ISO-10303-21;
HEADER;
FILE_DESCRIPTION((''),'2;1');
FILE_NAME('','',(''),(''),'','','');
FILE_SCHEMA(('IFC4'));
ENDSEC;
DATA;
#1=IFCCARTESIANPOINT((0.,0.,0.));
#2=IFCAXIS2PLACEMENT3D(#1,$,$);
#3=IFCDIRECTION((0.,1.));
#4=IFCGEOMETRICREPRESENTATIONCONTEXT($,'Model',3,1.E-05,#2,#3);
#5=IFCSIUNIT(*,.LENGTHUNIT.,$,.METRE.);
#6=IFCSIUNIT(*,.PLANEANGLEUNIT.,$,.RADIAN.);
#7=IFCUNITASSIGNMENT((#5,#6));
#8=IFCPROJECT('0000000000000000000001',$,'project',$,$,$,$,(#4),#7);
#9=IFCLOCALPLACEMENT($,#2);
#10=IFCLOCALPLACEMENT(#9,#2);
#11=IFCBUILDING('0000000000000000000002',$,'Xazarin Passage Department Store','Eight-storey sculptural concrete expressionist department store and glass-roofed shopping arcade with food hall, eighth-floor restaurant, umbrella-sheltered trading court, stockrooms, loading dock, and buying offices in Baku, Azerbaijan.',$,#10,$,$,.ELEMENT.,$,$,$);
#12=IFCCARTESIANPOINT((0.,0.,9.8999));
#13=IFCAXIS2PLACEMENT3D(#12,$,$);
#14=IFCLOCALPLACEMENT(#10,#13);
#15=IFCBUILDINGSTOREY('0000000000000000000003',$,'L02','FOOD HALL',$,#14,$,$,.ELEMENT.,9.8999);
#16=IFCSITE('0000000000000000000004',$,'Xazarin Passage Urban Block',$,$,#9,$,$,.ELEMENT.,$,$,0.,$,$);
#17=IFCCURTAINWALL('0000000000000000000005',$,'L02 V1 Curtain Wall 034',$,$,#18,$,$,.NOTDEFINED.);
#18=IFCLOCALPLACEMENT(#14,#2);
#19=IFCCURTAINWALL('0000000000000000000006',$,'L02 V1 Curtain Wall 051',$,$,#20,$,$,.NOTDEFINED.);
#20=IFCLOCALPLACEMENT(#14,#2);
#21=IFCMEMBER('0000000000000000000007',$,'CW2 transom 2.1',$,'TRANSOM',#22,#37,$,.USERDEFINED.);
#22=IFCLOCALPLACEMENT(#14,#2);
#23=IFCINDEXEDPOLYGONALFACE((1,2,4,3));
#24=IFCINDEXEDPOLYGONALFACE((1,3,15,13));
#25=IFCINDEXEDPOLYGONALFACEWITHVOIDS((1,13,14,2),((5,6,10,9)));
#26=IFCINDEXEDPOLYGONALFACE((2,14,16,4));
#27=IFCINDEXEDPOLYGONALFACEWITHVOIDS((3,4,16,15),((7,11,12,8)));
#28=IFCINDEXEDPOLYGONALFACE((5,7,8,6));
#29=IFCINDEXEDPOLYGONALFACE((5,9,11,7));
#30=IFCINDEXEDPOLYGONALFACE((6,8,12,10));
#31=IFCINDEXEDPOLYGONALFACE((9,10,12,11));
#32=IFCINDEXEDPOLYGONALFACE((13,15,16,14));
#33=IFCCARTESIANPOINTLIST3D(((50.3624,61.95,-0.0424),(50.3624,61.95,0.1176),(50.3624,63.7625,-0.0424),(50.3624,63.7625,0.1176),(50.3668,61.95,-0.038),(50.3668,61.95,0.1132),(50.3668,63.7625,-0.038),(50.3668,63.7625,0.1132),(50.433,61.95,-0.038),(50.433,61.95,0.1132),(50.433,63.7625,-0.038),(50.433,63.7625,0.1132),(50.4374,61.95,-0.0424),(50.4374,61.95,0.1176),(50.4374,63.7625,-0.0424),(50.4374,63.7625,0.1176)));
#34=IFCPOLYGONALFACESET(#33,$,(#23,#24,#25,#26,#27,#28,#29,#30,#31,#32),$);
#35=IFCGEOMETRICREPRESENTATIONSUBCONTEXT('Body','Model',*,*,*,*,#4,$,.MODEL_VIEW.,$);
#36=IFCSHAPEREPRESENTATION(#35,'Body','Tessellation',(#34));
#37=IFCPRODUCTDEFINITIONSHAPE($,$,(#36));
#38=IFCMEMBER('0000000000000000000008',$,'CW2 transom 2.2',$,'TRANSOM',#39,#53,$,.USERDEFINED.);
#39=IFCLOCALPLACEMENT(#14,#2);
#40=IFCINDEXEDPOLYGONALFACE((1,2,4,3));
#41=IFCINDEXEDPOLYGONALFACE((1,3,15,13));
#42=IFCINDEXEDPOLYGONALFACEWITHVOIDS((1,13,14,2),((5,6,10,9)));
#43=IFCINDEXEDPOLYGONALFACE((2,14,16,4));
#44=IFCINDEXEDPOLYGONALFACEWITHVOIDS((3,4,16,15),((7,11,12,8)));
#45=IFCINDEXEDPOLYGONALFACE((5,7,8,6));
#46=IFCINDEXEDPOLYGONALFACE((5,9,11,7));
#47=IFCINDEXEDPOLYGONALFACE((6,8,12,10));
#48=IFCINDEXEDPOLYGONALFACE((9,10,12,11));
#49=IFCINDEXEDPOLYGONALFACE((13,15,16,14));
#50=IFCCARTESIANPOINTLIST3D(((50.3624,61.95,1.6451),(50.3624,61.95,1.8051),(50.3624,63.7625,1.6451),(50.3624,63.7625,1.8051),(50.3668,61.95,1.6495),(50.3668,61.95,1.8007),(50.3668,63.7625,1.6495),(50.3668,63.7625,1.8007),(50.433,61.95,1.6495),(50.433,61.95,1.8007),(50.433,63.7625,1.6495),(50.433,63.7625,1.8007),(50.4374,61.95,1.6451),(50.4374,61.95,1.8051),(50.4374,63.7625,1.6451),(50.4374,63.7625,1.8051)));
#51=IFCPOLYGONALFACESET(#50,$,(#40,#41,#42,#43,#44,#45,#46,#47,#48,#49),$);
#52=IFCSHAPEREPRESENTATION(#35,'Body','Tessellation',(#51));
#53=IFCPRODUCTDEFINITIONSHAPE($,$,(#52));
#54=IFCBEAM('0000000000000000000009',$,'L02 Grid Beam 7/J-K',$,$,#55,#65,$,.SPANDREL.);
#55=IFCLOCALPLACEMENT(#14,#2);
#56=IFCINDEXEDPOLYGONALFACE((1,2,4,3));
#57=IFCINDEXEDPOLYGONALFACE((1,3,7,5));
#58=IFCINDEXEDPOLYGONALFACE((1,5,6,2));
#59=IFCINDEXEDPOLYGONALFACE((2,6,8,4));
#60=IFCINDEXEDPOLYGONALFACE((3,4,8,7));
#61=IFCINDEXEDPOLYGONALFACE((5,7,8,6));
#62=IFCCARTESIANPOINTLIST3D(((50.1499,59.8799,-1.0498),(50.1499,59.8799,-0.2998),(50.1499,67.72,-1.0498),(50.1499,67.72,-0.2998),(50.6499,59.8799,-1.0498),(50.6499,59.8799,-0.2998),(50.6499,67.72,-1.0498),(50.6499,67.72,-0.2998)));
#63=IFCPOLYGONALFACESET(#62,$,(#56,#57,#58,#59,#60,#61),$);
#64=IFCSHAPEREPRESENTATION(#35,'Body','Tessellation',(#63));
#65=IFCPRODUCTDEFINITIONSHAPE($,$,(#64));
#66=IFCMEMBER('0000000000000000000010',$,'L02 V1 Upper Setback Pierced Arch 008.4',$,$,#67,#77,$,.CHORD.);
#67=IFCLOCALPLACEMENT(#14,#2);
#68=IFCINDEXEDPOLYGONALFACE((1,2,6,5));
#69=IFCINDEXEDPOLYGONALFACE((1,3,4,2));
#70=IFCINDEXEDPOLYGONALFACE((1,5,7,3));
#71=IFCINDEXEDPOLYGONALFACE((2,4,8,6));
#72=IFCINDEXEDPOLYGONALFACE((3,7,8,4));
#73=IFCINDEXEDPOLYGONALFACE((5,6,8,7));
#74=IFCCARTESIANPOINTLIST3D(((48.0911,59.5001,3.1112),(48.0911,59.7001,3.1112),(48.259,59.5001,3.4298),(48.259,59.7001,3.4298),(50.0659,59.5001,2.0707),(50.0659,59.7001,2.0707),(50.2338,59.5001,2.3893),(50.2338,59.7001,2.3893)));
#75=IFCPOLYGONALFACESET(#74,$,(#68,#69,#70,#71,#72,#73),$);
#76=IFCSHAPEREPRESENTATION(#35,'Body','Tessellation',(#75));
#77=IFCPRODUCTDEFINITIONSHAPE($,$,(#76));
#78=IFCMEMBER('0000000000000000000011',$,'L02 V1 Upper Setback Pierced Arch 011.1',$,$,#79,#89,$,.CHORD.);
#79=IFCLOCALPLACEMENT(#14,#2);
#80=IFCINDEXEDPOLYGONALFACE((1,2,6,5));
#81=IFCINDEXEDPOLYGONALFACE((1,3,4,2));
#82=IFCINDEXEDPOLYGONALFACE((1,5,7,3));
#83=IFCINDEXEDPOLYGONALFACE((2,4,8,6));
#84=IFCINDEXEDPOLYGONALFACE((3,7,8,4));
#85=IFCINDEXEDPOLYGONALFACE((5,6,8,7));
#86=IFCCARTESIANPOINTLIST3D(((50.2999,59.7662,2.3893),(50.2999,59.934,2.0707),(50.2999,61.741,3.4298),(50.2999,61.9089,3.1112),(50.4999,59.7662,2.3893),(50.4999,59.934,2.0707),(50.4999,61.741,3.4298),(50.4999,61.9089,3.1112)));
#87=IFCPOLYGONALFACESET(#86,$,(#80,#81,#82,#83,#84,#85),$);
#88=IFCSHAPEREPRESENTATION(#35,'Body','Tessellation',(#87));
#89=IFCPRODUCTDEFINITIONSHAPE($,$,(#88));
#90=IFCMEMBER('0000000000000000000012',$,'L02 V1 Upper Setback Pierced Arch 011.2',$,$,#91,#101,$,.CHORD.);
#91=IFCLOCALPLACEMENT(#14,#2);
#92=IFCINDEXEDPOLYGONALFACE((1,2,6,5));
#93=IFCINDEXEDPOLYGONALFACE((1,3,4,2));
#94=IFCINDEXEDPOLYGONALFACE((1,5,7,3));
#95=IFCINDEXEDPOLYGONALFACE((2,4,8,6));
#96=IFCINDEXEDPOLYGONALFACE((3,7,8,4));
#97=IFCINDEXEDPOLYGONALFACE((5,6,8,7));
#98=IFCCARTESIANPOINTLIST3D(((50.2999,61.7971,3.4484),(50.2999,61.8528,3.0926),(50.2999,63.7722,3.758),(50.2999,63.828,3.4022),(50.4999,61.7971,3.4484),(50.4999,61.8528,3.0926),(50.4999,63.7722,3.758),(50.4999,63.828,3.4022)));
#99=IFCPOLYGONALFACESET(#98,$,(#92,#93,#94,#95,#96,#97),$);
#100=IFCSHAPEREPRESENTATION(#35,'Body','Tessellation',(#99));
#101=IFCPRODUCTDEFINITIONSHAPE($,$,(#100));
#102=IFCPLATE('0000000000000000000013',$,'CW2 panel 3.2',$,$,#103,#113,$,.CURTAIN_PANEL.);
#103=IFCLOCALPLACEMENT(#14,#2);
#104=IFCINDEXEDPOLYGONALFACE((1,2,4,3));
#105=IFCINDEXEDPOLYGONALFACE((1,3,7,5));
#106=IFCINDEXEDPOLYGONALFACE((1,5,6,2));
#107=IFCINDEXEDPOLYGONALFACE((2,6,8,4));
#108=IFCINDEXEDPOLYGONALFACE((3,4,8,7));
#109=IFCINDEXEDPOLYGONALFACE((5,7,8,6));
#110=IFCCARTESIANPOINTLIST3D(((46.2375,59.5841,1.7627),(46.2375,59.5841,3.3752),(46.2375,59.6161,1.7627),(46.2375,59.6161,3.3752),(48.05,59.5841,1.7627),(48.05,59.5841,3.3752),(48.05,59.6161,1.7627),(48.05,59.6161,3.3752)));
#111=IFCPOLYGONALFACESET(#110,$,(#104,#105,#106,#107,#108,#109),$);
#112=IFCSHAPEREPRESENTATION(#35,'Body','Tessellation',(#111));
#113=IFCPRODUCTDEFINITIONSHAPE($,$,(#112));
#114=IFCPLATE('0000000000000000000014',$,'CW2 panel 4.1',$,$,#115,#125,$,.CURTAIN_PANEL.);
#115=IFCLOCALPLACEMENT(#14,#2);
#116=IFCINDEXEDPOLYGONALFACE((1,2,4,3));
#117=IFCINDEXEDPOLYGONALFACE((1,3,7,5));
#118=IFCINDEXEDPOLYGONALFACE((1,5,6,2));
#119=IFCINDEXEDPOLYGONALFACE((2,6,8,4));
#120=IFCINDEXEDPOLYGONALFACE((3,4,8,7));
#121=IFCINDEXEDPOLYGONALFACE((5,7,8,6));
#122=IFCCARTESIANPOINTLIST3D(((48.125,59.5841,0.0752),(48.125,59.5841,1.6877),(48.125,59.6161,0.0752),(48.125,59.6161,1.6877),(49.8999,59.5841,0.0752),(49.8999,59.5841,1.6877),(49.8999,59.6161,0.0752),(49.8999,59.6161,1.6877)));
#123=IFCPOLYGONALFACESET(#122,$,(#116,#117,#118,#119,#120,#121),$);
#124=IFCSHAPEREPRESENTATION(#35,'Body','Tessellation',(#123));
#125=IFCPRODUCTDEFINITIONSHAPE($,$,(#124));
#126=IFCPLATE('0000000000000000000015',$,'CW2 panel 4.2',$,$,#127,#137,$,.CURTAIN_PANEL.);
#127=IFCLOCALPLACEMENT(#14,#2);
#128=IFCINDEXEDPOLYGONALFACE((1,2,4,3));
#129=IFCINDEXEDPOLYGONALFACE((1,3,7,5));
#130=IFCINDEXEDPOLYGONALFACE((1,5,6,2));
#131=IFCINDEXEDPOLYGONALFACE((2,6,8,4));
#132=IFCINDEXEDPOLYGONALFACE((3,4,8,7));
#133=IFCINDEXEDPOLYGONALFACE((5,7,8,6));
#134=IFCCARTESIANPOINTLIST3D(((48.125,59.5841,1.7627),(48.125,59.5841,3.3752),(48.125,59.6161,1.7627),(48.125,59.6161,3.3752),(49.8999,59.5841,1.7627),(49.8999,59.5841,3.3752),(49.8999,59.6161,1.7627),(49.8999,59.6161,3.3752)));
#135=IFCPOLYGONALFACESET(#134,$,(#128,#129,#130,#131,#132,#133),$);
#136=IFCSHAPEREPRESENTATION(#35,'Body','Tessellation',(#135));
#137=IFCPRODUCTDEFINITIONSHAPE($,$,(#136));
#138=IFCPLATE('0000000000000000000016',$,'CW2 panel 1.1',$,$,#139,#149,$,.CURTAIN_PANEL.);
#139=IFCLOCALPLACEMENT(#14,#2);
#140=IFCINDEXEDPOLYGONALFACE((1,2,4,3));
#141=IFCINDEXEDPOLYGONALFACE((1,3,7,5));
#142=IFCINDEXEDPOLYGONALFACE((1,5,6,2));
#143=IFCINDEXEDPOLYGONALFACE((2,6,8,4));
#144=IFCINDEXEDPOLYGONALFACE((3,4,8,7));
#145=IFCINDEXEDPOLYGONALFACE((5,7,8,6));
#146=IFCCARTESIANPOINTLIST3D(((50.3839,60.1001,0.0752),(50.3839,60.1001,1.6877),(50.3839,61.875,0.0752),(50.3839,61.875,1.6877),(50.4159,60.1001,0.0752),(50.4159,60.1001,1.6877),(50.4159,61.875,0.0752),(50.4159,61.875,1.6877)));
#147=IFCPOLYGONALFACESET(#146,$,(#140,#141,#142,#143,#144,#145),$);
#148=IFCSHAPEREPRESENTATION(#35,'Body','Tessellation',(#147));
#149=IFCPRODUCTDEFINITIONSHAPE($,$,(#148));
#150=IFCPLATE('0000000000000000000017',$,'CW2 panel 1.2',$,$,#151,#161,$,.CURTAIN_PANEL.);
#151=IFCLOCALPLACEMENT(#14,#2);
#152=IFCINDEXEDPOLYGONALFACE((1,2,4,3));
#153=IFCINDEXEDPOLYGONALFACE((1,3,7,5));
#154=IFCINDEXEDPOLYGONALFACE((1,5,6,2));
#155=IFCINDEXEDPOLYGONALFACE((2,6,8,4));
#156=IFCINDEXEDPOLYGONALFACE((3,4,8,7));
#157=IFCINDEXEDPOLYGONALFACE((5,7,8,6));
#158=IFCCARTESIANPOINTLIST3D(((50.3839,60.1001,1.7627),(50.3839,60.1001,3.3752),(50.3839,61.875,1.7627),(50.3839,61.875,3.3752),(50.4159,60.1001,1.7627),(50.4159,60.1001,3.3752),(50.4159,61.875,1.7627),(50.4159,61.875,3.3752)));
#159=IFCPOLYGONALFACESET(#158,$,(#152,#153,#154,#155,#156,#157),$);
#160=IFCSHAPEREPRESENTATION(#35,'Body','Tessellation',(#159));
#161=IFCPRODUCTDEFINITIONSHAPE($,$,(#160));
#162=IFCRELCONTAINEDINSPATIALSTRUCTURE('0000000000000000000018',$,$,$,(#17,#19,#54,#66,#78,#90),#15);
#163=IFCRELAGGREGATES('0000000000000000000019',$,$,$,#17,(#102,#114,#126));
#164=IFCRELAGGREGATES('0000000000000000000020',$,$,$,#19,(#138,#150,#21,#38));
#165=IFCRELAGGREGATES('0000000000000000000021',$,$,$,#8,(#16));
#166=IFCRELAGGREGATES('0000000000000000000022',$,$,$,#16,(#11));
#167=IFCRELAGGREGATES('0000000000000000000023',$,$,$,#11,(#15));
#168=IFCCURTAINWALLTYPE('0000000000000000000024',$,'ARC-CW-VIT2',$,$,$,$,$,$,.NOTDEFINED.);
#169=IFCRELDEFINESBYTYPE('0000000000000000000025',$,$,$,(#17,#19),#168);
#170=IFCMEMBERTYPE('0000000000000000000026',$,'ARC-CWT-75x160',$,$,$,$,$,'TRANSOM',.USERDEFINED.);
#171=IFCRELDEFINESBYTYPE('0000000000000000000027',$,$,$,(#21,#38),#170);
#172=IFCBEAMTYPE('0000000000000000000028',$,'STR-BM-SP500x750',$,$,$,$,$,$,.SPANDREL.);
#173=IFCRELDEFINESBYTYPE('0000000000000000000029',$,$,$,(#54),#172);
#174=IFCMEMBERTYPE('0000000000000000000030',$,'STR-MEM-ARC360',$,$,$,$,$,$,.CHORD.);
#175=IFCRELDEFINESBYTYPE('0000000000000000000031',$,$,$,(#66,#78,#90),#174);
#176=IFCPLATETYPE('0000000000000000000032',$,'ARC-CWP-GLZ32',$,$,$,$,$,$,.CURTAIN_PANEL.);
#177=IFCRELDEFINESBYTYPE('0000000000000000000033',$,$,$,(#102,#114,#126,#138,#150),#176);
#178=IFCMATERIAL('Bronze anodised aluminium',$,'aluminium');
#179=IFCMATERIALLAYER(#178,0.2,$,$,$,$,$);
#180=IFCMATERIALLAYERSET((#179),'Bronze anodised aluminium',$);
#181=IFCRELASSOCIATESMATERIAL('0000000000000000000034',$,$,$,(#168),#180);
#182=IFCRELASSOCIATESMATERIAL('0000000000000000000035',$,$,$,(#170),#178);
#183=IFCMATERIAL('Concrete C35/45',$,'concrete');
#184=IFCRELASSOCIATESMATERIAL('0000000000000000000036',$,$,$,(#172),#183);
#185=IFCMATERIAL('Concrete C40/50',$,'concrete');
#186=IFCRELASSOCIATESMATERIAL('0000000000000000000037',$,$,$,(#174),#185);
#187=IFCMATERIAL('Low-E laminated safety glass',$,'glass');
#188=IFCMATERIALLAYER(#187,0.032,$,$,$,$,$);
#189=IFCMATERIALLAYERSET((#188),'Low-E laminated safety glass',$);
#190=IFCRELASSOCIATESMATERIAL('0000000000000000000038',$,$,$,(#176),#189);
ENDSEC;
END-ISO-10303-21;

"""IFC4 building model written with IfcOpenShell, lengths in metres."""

from ifc_helpers import new_model, si_unit, direction, frame, origin, origin_2d, place, context, subcontext, project, spatial, rectangle, hollow_rectangle, extrude, material, layer, layer_set, material_profile, profile_set, type_object, element, aggregate, save


model = new_model("IFC4")

# Units and contexts
model_context = context("Model", 3, precision=1e-05, world=origin(), true_north=direction((0.0, 1.0)))
body_context = subcontext(model_context, "Body", "Model", "MODEL_VIEW")
ifc_project = project(units=[si_unit("LENGTHUNIT", "METRE"), si_unit("PLANEANGLEUNIT", "RADIAN")], contexts=[model_context])

# Site, building, storey
site_placement = place(None, origin())
site = spatial("IfcSite", under=ifc_project, at=site_placement, Name="Xazarin Passage Urban Block", CompositionType="ELEMENT", RefElevation=0.0)
building_placement = place(site_placement, origin())
building = spatial("IfcBuilding", under=site, at=building_placement, Name="Xazarin Passage Department Store", Description="Eight-storey sculptural concrete expressionist department store and glass-roofed shopping arcade with food hall, eighth-floor restaurant, umbrella-sheltered trading court, stockrooms, loading dock, and buying offices in Baku, Azerbaijan.", CompositionType="ELEMENT")
storey_placement = place(building_placement, frame((0.0, 0.0, 9.8999)))
storey = spatial("IfcBuildingStorey", under=building, at=storey_placement, Name="L02", Description="FOOD HALL", CompositionType="ELEMENT", Elevation=9.8999)

# Shared definitions
ifc_material_1 = material(Name="Concrete C40/50", Category="concrete")

# Curtain walls
ifc_material_2 = material(Name="Bronze anodised aluminium", Category="aluminium")
ifc_layer_1 = layer(ifc_material_2, 0.2)
ifc_layer_set_1 = layer_set([ifc_layer_1], Name="Bronze anodised aluminium")
curtain_wall_type = type_object("IfcCurtainWallType", Name="ARC-CW-VIT2", PredefinedType="NOTDEFINED", material=ifc_layer_set_1)
curtain_wall_1_placement = place(storey_placement, origin())
curtain_wall_1 = element("IfcCurtainWall", 1, at=curtain_wall_1_placement, inside=storey, type_object=curtain_wall_type, Name="L02 V1 Curtain Wall 034", PredefinedType="NOTDEFINED")
curtain_wall_2_placement = place(storey_placement, origin())
curtain_wall_2 = element("IfcCurtainWall", 2, at=curtain_wall_2_placement, inside=storey, type_object=curtain_wall_type, Name="L02 V1 Curtain Wall 051", PredefinedType="NOTDEFINED")

# Members
ifc_material_profile_1 = material_profile(ifc_material_2, hollow_rectangle(XDim=0.075, YDim=0.1599, WallThickness=0.0044, at=origin_2d()), Name="ALU 75x160")
ifc_profile_set_1 = profile_set([ifc_material_profile_1], Name="Bronze anodised aluminium")
member_type_1 = type_object("IfcMemberType", Name="ARC-CWT-75x160", ElementType="TRANSOM", PredefinedType="USERDEFINED", material=ifc_profile_set_1)
member_1_placement = place(storey_placement, frame((50.3999, 61.95, 0.0376), z_axis=(0.0, 1.0, 0.0), x_axis=(-1.0, 0.0, 0.0)))
member_1 = element("IfcMember", 3, at=member_1_placement, type_object=member_type_1, Name="CW2 transom 2.1", ObjectType="TRANSOM", PredefinedType="USERDEFINED", context=body_context, shape_type="SweptSolid", body=[
    extrude(hollow_rectangle(XDim=0.075, YDim=0.1599, WallThickness=0.0044, at=origin_2d()), origin(), (0.0, 0.0, 1.0), 1.8125),
])
member_2_placement = place(storey_placement, frame((50.3999, 61.95, 1.7251), z_axis=(0.0, 1.0, 0.0), x_axis=(-1.0, 0.0, 0.0)))
member_2 = element("IfcMember", 4, at=member_2_placement, type_object=member_type_1, Name="CW2 transom 2.2", ObjectType="TRANSOM", PredefinedType="USERDEFINED", context=body_context, shape_type="SweptSolid", body=[
    extrude(hollow_rectangle(XDim=0.075, YDim=0.1599, WallThickness=0.0044, at=origin_2d()), origin(), (0.0, 0.0, 1.0), 1.8125),
])

# Beam
ifc_material_3 = material(Name="Concrete C35/45", Category="concrete")
ifc_material_profile_2 = material_profile(ifc_material_3, rectangle(XDim=0.5, YDim=0.75, at=origin_2d()), Name="RC 500x750")
ifc_profile_set_2 = profile_set([ifc_material_profile_2], Name="Concrete C35/45")
beam_type = type_object("IfcBeamType", Name="STR-BM-SP500x750", PredefinedType="SPANDREL", material=ifc_profile_set_2)
beam_placement = place(storey_placement, frame((50.3999, 59.8799, -0.6748), z_axis=(0.0, 1.0, 0.0), x_axis=(-1.0, 0.0, 0.0)))
element("IfcBeam", 5, at=beam_placement, inside=storey, type_object=beam_type, Name="L02 Grid Beam 7/J-K", PredefinedType="SPANDREL", context=body_context, shape_type="SweptSolid", body=[
    extrude(rectangle(XDim=0.5, YDim=0.75, at=origin_2d()), origin(), (0.0, 0.0, 1.0), 7.8401),
])

# Members
ifc_material_profile_3 = material_profile(ifc_material_1, rectangle(XDim=0.2, YDim=0.3601, at=origin_2d()), Name="RC 200x360")
ifc_profile_set_3 = profile_set([ifc_material_profile_3], Name="Concrete C40/50")
member_type_2 = type_object("IfcMemberType", Name="STR-MEM-ARC360", PredefinedType="CHORD", material=ifc_profile_set_3)
for number, where, z_axis, x_axis, name in (
    (6, (48.175, 59.6001, 3.2705), (0.884709, 0.0, -0.466143), (0.0, 1.0, 0.0), "L02 V1 Upper Setback Pierced Arch 008.4"),
    (7, (50.3999, 59.8501, 2.23), (0.0, 0.884709, 0.466143), (-1.0, 0.0, 0.0), "L02 V1 Upper Setback Pierced Arch 011.1"),
):
    element("IfcMember", number, at=place(storey_placement, frame(where, z_axis=z_axis, x_axis=x_axis)), inside=storey, type_object=member_type_2, Name=name, PredefinedType="CHORD", context=body_context, shape_type="SweptSolid", body=[
        extrude(rectangle(XDim=0.2, YDim=0.3601, at=origin_2d()), origin(), (0.0, 0.0, 1.0), 2.2322),
    ])
member_3_placement = place(storey_placement, frame((50.3999, 61.825, 3.2705), z_axis=(0.0, 0.987939, 0.154846), x_axis=(-1.0, 0.0, 0.0)))
element("IfcMember", 8, at=member_3_placement, inside=storey, type_object=member_type_2, Name="L02 V1 Upper Setback Pierced Arch 011.2", PredefinedType="CHORD", context=body_context, shape_type="SweptSolid", body=[
    extrude(rectangle(XDim=0.2, YDim=0.3601, at=origin_2d()), origin(), (0.0, 0.0, 1.0), 1.9993),
])

# Plates
ifc_material_4 = material(Name="Low-E laminated safety glass", Category="glass")
ifc_layer_2 = layer(ifc_material_4, 0.032)
ifc_layer_set_2 = layer_set([ifc_layer_2], Name="Low-E laminated safety glass")
plate_type = type_object("IfcPlateType", Name="ARC-CWP-GLZ32", PredefinedType="CURTAIN_PANEL", material=ifc_layer_set_2)
plate_1_placement = place(storey_placement, frame((47.1438, 59.6001, 1.7627), z_axis=(0.0, 0.0, 1.0), x_axis=(1.0, 0.0, 0.0)))
plate_1 = element("IfcPlate", 9, at=plate_1_placement, type_object=plate_type, Name="CW2 panel 3.2", PredefinedType="CURTAIN_PANEL", context=body_context, shape_type="SweptSolid", body=[
    extrude(rectangle(XDim=1.8125, YDim=0.032, at=origin_2d()), origin(), (0.0, 0.0, 1.0), 1.6125),
])
plate_2_placement = place(storey_placement, frame((49.0125, 59.6001, 0.0752), z_axis=(0.0, 0.0, 1.0), x_axis=(1.0, 0.0, 0.0)))
plate_2 = element("IfcPlate", 10, at=plate_2_placement, type_object=plate_type, Name="CW2 panel 4.1", PredefinedType="CURTAIN_PANEL", context=body_context, shape_type="SweptSolid", body=[
    extrude(rectangle(XDim=1.7749, YDim=0.032, at=origin_2d()), origin(), (0.0, 0.0, 1.0), 1.6125),
])
plate_3_placement = place(storey_placement, frame((49.0125, 59.6001, 1.7627), z_axis=(0.0, 0.0, 1.0), x_axis=(1.0, 0.0, 0.0)))
plate_3 = element("IfcPlate", 11, at=plate_3_placement, type_object=plate_type, Name="CW2 panel 4.2", PredefinedType="CURTAIN_PANEL", context=body_context, shape_type="SweptSolid", body=[
    extrude(rectangle(XDim=1.7749, YDim=0.032, at=origin_2d()), origin(), (0.0, 0.0, 1.0), 1.6125),
])
aggregate(curtain_wall_1, [plate_1, plate_2, plate_3])
plate_4_placement = place(storey_placement, frame((50.3999, 60.9875, 0.0752), z_axis=(0.0, 0.0, 1.0), x_axis=(0.0, 1.0, 0.0)))
plate_4 = element("IfcPlate", 12, at=plate_4_placement, type_object=plate_type, Name="CW2 panel 1.1", PredefinedType="CURTAIN_PANEL", context=body_context, shape_type="SweptSolid", body=[
    extrude(rectangle(XDim=1.7749, YDim=0.032, at=origin_2d()), origin(), (0.0, 0.0, 1.0), 1.6125),
])
plate_5_placement = place(storey_placement, frame((50.3999, 60.9875, 1.7627), z_axis=(0.0, 0.0, 1.0), x_axis=(0.0, 1.0, 0.0)))
plate_5 = element("IfcPlate", 13, at=plate_5_placement, type_object=plate_type, Name="CW2 panel 1.2", PredefinedType="CURTAIN_PANEL", context=body_context, shape_type="SweptSolid", body=[
    extrude(rectangle(XDim=1.7749, YDim=0.032, at=origin_2d()), origin(), (0.0, 0.0, 1.0), 1.6125),
])
aggregate(curtain_wall_2, [plate_4, plate_5, member_1, member_2])

save(model, "model.ifc")
